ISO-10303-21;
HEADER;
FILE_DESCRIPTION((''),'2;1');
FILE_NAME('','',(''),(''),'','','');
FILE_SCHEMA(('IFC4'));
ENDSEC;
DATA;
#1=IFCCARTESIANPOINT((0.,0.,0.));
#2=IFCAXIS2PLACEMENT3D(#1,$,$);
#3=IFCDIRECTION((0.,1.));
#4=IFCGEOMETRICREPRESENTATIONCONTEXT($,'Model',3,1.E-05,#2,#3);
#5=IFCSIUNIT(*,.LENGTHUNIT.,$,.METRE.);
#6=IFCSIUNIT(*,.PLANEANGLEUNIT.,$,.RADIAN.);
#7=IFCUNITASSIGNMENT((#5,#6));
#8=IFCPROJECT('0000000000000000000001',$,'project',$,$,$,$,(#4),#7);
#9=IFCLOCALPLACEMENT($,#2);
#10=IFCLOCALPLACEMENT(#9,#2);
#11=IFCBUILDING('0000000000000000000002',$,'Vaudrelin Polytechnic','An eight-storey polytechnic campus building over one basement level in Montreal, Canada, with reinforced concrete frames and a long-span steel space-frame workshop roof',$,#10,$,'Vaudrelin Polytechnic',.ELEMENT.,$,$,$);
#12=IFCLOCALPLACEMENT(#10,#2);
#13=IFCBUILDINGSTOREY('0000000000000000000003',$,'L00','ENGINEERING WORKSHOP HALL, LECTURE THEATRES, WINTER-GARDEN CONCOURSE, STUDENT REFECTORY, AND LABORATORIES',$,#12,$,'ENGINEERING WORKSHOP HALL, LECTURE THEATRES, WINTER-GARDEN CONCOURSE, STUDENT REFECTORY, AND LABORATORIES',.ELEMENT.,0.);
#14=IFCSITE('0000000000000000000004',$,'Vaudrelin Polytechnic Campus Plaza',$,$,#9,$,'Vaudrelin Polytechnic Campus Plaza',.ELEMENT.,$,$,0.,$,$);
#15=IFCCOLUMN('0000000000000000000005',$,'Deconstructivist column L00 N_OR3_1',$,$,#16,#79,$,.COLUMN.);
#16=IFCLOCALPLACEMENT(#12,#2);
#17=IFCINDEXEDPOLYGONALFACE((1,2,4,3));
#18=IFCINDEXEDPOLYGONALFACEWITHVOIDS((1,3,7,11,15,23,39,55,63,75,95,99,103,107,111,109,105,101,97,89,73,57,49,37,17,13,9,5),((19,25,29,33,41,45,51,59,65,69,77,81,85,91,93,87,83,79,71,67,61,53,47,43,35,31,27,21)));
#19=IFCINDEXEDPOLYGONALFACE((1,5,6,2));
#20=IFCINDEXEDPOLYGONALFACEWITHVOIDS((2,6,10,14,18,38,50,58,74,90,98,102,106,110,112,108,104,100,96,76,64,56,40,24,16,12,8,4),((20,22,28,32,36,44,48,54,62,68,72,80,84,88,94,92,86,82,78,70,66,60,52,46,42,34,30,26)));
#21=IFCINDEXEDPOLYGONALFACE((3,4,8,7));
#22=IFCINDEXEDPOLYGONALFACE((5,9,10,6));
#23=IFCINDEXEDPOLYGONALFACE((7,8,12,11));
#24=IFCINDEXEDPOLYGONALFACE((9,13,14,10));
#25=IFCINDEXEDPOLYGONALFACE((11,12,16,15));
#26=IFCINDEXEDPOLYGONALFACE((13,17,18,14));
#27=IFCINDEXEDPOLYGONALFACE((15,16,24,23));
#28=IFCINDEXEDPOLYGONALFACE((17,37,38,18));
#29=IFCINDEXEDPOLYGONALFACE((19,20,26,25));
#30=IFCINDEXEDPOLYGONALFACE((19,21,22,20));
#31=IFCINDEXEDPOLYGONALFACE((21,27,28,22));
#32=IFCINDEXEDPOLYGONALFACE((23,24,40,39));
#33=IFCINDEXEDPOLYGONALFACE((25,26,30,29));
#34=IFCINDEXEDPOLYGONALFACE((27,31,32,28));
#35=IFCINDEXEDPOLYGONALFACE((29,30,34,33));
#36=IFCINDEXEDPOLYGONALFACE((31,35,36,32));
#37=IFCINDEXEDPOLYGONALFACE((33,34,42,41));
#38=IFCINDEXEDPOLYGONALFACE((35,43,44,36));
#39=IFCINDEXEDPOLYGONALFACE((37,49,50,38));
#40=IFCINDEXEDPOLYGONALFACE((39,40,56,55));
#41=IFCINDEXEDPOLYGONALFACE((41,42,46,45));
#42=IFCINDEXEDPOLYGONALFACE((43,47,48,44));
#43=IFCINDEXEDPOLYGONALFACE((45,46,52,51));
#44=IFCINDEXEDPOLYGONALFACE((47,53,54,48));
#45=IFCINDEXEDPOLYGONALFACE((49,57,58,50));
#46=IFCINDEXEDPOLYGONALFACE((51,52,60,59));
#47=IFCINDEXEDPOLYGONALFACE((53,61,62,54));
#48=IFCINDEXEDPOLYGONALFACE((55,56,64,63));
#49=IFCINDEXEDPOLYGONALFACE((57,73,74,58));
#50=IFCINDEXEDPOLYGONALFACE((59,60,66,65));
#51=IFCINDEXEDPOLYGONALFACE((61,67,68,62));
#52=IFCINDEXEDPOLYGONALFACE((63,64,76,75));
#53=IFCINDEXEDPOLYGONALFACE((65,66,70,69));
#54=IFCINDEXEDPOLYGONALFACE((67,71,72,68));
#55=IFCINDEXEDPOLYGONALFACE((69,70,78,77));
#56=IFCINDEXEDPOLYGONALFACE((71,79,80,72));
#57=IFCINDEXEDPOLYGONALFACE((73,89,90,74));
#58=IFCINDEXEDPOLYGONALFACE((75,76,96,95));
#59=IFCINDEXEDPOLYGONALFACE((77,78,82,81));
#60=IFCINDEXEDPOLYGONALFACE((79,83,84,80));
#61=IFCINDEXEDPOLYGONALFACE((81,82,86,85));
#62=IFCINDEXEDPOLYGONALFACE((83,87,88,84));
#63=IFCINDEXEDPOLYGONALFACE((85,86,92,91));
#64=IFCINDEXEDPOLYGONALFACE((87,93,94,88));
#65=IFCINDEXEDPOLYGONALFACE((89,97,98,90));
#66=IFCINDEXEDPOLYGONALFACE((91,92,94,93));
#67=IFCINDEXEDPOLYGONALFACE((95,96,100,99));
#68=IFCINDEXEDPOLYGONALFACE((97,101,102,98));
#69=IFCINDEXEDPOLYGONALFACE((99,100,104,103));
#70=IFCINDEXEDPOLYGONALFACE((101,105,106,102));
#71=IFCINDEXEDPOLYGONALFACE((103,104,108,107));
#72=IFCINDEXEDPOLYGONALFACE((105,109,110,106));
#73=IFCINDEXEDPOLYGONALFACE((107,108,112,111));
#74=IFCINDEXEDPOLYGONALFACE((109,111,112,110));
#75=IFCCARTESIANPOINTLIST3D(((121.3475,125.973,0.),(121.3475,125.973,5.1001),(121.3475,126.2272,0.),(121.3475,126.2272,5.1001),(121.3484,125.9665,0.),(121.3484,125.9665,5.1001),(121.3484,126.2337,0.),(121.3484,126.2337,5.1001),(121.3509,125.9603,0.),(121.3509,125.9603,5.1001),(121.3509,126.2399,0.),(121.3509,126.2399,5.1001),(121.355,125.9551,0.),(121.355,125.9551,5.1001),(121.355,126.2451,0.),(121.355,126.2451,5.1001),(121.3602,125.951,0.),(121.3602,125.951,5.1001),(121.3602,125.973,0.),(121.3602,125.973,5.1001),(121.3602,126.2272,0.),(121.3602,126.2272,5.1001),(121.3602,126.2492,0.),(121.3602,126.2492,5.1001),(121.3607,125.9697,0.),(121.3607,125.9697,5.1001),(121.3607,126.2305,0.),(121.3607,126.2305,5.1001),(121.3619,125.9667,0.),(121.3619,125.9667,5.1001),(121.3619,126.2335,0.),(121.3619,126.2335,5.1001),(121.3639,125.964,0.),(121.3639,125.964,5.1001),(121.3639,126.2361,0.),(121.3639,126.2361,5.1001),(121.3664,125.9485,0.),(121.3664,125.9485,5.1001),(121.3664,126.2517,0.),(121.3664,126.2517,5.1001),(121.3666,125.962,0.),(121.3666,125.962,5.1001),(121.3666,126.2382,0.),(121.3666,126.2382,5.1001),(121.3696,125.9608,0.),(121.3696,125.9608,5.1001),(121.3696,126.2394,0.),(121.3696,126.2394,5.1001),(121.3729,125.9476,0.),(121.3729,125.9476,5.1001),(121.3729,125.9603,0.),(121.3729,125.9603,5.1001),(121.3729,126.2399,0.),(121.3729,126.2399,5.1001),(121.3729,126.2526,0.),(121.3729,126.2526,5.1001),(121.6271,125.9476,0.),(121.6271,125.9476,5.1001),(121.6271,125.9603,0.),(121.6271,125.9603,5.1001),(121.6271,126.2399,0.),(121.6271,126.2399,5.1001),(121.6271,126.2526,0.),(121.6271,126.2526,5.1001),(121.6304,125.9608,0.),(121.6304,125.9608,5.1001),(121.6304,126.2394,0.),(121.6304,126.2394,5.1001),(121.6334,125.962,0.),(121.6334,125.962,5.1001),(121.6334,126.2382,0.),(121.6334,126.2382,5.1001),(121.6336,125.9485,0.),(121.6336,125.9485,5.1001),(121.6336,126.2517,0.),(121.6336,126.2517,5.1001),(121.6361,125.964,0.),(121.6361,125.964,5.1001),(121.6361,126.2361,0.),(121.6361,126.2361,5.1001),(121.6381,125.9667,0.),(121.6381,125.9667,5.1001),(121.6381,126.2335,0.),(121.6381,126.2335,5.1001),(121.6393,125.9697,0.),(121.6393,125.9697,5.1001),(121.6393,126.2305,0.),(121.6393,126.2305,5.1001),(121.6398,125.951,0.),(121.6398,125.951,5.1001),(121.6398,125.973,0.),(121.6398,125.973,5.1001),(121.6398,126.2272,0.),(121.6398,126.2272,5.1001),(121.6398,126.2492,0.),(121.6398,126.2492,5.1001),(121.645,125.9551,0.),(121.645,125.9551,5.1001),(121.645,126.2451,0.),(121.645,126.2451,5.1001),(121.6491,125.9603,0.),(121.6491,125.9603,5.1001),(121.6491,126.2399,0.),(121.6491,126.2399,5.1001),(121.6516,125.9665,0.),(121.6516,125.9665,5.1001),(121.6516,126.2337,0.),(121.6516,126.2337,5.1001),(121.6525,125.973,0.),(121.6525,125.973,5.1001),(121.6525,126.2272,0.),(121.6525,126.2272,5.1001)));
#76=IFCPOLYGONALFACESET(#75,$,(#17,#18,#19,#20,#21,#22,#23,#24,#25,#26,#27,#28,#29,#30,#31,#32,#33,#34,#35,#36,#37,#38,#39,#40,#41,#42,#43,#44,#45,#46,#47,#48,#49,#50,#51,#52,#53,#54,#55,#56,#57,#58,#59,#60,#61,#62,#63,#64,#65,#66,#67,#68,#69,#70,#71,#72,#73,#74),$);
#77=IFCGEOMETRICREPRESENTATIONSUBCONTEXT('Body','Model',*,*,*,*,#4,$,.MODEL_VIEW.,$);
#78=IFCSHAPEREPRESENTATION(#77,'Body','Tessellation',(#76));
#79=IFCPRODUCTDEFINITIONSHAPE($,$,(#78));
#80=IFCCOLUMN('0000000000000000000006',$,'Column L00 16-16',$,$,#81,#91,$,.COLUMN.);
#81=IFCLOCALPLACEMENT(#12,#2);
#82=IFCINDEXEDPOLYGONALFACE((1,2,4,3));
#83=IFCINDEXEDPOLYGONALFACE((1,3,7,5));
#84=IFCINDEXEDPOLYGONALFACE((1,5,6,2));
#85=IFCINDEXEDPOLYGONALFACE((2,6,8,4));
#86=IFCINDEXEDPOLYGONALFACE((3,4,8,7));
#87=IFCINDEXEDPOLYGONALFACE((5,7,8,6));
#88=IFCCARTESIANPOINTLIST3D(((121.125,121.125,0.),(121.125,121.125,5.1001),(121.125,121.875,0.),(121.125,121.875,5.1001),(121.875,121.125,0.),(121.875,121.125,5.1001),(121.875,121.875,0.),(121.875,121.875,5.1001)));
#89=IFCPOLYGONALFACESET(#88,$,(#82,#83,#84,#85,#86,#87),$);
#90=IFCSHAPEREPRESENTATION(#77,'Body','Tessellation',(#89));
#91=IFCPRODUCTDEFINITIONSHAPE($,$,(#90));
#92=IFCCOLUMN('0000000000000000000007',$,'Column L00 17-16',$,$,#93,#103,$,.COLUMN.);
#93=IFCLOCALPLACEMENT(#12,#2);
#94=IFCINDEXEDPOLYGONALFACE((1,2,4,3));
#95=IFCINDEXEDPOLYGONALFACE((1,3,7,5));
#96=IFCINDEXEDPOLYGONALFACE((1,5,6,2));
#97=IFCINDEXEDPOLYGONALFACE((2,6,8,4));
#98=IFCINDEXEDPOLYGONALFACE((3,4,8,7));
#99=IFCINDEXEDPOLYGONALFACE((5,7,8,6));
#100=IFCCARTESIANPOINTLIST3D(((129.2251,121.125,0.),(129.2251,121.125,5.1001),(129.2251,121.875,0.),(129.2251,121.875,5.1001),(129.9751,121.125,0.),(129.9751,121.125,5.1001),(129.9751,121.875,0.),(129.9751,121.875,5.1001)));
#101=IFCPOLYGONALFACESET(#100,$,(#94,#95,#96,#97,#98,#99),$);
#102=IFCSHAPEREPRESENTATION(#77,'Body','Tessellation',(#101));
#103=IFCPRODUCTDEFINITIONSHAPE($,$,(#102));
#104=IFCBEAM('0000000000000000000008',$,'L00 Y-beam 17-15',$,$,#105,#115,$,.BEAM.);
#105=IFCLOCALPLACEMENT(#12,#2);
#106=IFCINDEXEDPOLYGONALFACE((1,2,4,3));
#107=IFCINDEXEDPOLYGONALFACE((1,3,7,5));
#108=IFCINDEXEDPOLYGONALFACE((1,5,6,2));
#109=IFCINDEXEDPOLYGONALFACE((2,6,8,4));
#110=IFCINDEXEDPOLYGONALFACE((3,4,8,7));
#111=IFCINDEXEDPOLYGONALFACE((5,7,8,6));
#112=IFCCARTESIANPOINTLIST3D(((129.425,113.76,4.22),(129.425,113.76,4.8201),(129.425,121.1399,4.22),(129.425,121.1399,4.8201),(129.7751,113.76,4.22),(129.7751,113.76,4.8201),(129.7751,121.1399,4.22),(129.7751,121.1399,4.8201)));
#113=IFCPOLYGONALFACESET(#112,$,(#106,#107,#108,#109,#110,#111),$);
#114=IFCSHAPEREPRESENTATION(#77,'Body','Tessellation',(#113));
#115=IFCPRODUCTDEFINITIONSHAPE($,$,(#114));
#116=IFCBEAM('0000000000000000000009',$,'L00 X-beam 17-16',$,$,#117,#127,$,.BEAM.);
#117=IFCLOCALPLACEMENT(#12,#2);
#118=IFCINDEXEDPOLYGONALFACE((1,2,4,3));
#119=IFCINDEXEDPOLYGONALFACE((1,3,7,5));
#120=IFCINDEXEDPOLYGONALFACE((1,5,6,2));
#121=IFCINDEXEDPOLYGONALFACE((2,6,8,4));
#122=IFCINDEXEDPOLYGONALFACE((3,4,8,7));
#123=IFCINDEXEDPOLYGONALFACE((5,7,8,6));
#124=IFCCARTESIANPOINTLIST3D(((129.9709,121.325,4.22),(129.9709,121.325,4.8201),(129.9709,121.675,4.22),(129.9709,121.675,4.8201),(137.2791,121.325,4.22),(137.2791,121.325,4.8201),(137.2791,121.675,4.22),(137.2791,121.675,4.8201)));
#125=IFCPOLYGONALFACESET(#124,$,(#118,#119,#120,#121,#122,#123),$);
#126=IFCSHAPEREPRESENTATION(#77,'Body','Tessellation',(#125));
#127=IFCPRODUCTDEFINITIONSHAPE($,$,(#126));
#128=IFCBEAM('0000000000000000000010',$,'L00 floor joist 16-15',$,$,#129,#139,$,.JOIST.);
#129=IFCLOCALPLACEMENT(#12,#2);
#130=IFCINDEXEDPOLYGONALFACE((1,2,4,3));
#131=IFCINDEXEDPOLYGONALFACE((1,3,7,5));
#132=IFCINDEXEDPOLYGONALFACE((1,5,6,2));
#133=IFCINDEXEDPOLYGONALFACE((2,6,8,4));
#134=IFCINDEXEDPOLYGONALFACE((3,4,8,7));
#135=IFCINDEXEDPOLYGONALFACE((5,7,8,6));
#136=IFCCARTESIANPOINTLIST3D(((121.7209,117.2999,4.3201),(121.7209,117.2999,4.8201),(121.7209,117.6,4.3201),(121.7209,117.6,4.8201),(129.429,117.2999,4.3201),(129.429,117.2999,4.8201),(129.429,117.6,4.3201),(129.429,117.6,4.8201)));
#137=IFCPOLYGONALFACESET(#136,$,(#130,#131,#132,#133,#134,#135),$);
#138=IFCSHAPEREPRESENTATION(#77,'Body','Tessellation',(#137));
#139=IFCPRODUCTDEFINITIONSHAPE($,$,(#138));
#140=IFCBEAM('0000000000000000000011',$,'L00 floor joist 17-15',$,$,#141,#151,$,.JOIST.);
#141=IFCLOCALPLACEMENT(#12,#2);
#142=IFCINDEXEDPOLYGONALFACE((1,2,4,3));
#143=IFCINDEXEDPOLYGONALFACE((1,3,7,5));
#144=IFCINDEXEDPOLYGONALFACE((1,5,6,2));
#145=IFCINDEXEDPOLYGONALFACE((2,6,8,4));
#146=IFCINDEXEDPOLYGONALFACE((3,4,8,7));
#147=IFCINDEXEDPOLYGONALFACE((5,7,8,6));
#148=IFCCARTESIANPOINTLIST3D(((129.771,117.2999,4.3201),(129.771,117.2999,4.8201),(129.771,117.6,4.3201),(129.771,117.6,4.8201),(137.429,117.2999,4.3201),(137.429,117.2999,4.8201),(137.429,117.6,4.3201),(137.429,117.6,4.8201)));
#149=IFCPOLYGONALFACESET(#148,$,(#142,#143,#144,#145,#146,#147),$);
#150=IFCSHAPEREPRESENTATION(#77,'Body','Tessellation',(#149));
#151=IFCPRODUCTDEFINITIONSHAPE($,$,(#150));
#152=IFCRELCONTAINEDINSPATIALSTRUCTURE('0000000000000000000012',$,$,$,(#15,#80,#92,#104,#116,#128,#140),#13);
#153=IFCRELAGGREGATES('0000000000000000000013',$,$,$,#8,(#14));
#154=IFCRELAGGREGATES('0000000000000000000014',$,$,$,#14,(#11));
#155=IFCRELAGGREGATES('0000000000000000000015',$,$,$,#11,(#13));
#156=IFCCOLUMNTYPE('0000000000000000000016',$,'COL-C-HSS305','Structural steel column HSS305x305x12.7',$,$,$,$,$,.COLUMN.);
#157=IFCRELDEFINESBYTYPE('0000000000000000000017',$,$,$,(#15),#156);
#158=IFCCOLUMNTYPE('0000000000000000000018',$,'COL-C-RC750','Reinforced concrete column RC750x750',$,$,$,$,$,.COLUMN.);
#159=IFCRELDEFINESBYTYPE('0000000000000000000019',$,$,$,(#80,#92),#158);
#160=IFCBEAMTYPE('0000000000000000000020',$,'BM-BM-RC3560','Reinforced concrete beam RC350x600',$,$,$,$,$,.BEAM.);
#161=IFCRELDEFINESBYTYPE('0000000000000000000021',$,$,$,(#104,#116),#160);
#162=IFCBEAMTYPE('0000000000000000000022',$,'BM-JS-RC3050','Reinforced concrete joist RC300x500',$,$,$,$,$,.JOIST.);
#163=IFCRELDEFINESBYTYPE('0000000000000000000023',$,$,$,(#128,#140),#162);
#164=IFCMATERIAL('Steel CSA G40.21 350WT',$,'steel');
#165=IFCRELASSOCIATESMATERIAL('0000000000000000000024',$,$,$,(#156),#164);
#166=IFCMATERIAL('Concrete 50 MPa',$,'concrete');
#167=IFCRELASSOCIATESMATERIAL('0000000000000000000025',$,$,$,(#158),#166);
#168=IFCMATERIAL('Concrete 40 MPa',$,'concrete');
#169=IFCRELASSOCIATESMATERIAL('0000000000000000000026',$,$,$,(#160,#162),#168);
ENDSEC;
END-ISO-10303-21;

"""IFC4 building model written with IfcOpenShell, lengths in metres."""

from ifc_helpers import new_model, si_unit, direction, frame, origin, origin_2d, place, context, subcontext, project, spatial, rectangle, hollow_rectangle, extrude, material, material_profile, profile_set, type_object, element, save


model = new_model("IFC4")

# Units and contexts
model_context = context("Model", 3, precision=1e-05, world=origin(), true_north=direction((0.0, 1.0)))
body_context = subcontext(model_context, "Body", "Model", "MODEL_VIEW")
ifc_project = project(units=[si_unit("LENGTHUNIT", "METRE"), si_unit("PLANEANGLEUNIT", "RADIAN")], contexts=[model_context])

# Site, building, storey
site_placement = place(None, origin())
site = spatial("IfcSite", under=ifc_project, at=site_placement, Name="Vaudrelin Polytechnic Campus Plaza", LongName="Vaudrelin Polytechnic Campus Plaza", CompositionType="ELEMENT", RefElevation=0.0)
building_placement = place(site_placement, origin())
building = spatial("IfcBuilding", under=site, at=building_placement, Name="Vaudrelin Polytechnic", Description="An eight-storey polytechnic campus building over one basement level in Montreal, Canada, with reinforced concrete frames and a long-span steel space-frame workshop roof", LongName="Vaudrelin Polytechnic", CompositionType="ELEMENT")
storey_placement = place(building_placement, origin())
storey = spatial("IfcBuildingStorey", under=building, at=storey_placement, Name="L00", Description="ENGINEERING WORKSHOP HALL, LECTURE THEATRES, WINTER-GARDEN CONCOURSE, STUDENT REFECTORY, AND LABORATORIES", LongName="ENGINEERING WORKSHOP HALL, LECTURE THEATRES, WINTER-GARDEN CONCOURSE, STUDENT REFECTORY, AND LABORATORIES", CompositionType="ELEMENT", Elevation=0.0)

# Columns
ifc_material_1 = material(Name="Steel CSA G40.21 350WT", Category="steel")
ifc_material_profile_1 = material_profile(ifc_material_1, hollow_rectangle(XDim=0.3049, YDim=0.3049, WallThickness=0.0127, InnerFilletRadius=0.0127, OuterFilletRadius=0.0254, at=origin_2d()), Name="HSS305x305x12.7")
ifc_profile_set_1 = profile_set([ifc_material_profile_1], Name="Steel CSA G40.21 350WT")
column_type_1 = type_object("IfcColumnType", Name="COL-C-HSS305", Description="Structural steel column HSS305x305x12.7", PredefinedType="COLUMN", material=ifc_profile_set_1)
column_placement = place(storey_placement, frame((121.5, 126.1001, 0.0), z_axis=(0.0, 0.0, 1.0), x_axis=(1.0, 0.0, 0.0)))
element("IfcColumn", 1, at=column_placement, inside=storey, type_object=column_type_1, Name="Deconstructivist column L00 N_OR3_1", PredefinedType="COLUMN", context=body_context, shape_type="SweptSolid", body=[
    extrude(hollow_rectangle(XDim=0.3049, YDim=0.3049, WallThickness=0.0127, InnerFilletRadius=0.0127, OuterFilletRadius=0.0254, at=origin_2d()), origin(), (0.0, 0.0, 1.0), 5.1001),
])
ifc_material_2 = material(Name="Concrete 50 MPa", Category="concrete")
ifc_material_profile_2 = material_profile(ifc_material_2, rectangle(XDim=0.75, YDim=0.75, at=origin_2d()), Name="RC750x750")
ifc_profile_set_2 = profile_set([ifc_material_profile_2], Name="Concrete 50 MPa")
column_type_2 = type_object("IfcColumnType", Name="COL-C-RC750", Description="Reinforced concrete column RC750x750", PredefinedType="COLUMN", material=ifc_profile_set_2)
for number, where, z_axis, x_axis, name in (
    (2, (121.5, 121.5, 0.0), (0.0, 0.0, 1.0), (1.0, 0.0, 0.0), "Column L00 16-16"),
    (3, (129.6001, 121.5, 0.0), (0.0, 0.0, 1.0), (1.0, 0.0, 0.0), "Column L00 17-16"),
):
    element("IfcColumn", number, at=place(storey_placement, frame(where, z_axis=z_axis, x_axis=x_axis)), inside=storey, type_object=column_type_2, Name=name, PredefinedType="COLUMN", context=body_context, shape_type="SweptSolid", body=[
        extrude(rectangle(XDim=0.75, YDim=0.75, at=origin_2d()), origin(), (0.0, 0.0, 1.0), 5.1001),
    ])

# Beams
ifc_material_3 = material(Name="Concrete 40 MPa", Category="concrete")
ifc_material_profile_3 = material_profile(ifc_material_3, rectangle(XDim=0.3501, YDim=0.6001, at=origin_2d()), Name="RC350x600")
ifc_profile_set_3 = profile_set([ifc_material_profile_3], Name="Concrete 40 MPa")
beam_type_1 = type_object("IfcBeamType", Name="BM-BM-RC3560", Description="Reinforced concrete beam RC350x600", PredefinedType="BEAM", material=ifc_profile_set_3)
beam_1_placement = place(storey_placement, frame((129.6001, 113.76, 4.52), z_axis=(0.0, 1.0, 0.0), x_axis=(-1.0, 0.0, 0.0)))
element("IfcBeam", 4, at=beam_1_placement, inside=storey, type_object=beam_type_1, Name="L00 Y-beam 17-15", PredefinedType="BEAM", context=body_context, shape_type="SweptSolid", body=[
    extrude(rectangle(XDim=0.3501, YDim=0.6001, at=origin_2d()), origin(), (0.0, 0.0, 1.0), 7.3799),
])
beam_2_placement = place(storey_placement, frame((129.9709, 121.5, 4.52), z_axis=(1.0, 0.0, 0.0), x_axis=(0.0, 1.0, 0.0)))
element("IfcBeam", 5, at=beam_2_placement, inside=storey, type_object=beam_type_1, Name="L00 X-beam 17-16", PredefinedType="BEAM", context=body_context, shape_type="SweptSolid", body=[
    extrude(rectangle(XDim=0.3501, YDim=0.6001, at=origin_2d()), origin(), (0.0, 0.0, 1.0), 7.3081),
])
ifc_material_profile_4 = material_profile(ifc_material_3, rectangle(XDim=0.3, YDim=0.5, at=origin_2d()), Name="RC300x500")
ifc_profile_set_4 = profile_set([ifc_material_profile_4], Name="Concrete 40 MPa")
beam_type_2 = type_object("IfcBeamType", Name="BM-JS-RC3050", Description="Reinforced concrete joist RC300x500", PredefinedType="JOIST", material=ifc_profile_set_4)
beam_3_placement = place(storey_placement, frame((121.7209, 117.45, 4.5701), z_axis=(1.0, 0.0, 0.0), x_axis=(0.0, 1.0, 0.0)))
element("IfcBeam", 6, at=beam_3_placement, inside=storey, type_object=beam_type_2, Name="L00 floor joist 16-15", PredefinedType="JOIST", context=body_context, shape_type="SweptSolid", body=[
    extrude(rectangle(XDim=0.3, YDim=0.5, at=origin_2d()), origin(), (0.0, 0.0, 1.0), 7.708),
])
beam_4_placement = place(storey_placement, frame((129.771, 117.45, 4.5701), z_axis=(1.0, 0.0, 0.0), x_axis=(0.0, 1.0, 0.0)))
element("IfcBeam", 7, at=beam_4_placement, inside=storey, type_object=beam_type_2, Name="L00 floor joist 17-15", PredefinedType="JOIST", context=body_context, shape_type="SweptSolid", body=[
    extrude(rectangle(XDim=0.3, YDim=0.5, at=origin_2d()), origin(), (0.0, 0.0, 1.0), 7.658),
])

save(model, "model.ifc")
